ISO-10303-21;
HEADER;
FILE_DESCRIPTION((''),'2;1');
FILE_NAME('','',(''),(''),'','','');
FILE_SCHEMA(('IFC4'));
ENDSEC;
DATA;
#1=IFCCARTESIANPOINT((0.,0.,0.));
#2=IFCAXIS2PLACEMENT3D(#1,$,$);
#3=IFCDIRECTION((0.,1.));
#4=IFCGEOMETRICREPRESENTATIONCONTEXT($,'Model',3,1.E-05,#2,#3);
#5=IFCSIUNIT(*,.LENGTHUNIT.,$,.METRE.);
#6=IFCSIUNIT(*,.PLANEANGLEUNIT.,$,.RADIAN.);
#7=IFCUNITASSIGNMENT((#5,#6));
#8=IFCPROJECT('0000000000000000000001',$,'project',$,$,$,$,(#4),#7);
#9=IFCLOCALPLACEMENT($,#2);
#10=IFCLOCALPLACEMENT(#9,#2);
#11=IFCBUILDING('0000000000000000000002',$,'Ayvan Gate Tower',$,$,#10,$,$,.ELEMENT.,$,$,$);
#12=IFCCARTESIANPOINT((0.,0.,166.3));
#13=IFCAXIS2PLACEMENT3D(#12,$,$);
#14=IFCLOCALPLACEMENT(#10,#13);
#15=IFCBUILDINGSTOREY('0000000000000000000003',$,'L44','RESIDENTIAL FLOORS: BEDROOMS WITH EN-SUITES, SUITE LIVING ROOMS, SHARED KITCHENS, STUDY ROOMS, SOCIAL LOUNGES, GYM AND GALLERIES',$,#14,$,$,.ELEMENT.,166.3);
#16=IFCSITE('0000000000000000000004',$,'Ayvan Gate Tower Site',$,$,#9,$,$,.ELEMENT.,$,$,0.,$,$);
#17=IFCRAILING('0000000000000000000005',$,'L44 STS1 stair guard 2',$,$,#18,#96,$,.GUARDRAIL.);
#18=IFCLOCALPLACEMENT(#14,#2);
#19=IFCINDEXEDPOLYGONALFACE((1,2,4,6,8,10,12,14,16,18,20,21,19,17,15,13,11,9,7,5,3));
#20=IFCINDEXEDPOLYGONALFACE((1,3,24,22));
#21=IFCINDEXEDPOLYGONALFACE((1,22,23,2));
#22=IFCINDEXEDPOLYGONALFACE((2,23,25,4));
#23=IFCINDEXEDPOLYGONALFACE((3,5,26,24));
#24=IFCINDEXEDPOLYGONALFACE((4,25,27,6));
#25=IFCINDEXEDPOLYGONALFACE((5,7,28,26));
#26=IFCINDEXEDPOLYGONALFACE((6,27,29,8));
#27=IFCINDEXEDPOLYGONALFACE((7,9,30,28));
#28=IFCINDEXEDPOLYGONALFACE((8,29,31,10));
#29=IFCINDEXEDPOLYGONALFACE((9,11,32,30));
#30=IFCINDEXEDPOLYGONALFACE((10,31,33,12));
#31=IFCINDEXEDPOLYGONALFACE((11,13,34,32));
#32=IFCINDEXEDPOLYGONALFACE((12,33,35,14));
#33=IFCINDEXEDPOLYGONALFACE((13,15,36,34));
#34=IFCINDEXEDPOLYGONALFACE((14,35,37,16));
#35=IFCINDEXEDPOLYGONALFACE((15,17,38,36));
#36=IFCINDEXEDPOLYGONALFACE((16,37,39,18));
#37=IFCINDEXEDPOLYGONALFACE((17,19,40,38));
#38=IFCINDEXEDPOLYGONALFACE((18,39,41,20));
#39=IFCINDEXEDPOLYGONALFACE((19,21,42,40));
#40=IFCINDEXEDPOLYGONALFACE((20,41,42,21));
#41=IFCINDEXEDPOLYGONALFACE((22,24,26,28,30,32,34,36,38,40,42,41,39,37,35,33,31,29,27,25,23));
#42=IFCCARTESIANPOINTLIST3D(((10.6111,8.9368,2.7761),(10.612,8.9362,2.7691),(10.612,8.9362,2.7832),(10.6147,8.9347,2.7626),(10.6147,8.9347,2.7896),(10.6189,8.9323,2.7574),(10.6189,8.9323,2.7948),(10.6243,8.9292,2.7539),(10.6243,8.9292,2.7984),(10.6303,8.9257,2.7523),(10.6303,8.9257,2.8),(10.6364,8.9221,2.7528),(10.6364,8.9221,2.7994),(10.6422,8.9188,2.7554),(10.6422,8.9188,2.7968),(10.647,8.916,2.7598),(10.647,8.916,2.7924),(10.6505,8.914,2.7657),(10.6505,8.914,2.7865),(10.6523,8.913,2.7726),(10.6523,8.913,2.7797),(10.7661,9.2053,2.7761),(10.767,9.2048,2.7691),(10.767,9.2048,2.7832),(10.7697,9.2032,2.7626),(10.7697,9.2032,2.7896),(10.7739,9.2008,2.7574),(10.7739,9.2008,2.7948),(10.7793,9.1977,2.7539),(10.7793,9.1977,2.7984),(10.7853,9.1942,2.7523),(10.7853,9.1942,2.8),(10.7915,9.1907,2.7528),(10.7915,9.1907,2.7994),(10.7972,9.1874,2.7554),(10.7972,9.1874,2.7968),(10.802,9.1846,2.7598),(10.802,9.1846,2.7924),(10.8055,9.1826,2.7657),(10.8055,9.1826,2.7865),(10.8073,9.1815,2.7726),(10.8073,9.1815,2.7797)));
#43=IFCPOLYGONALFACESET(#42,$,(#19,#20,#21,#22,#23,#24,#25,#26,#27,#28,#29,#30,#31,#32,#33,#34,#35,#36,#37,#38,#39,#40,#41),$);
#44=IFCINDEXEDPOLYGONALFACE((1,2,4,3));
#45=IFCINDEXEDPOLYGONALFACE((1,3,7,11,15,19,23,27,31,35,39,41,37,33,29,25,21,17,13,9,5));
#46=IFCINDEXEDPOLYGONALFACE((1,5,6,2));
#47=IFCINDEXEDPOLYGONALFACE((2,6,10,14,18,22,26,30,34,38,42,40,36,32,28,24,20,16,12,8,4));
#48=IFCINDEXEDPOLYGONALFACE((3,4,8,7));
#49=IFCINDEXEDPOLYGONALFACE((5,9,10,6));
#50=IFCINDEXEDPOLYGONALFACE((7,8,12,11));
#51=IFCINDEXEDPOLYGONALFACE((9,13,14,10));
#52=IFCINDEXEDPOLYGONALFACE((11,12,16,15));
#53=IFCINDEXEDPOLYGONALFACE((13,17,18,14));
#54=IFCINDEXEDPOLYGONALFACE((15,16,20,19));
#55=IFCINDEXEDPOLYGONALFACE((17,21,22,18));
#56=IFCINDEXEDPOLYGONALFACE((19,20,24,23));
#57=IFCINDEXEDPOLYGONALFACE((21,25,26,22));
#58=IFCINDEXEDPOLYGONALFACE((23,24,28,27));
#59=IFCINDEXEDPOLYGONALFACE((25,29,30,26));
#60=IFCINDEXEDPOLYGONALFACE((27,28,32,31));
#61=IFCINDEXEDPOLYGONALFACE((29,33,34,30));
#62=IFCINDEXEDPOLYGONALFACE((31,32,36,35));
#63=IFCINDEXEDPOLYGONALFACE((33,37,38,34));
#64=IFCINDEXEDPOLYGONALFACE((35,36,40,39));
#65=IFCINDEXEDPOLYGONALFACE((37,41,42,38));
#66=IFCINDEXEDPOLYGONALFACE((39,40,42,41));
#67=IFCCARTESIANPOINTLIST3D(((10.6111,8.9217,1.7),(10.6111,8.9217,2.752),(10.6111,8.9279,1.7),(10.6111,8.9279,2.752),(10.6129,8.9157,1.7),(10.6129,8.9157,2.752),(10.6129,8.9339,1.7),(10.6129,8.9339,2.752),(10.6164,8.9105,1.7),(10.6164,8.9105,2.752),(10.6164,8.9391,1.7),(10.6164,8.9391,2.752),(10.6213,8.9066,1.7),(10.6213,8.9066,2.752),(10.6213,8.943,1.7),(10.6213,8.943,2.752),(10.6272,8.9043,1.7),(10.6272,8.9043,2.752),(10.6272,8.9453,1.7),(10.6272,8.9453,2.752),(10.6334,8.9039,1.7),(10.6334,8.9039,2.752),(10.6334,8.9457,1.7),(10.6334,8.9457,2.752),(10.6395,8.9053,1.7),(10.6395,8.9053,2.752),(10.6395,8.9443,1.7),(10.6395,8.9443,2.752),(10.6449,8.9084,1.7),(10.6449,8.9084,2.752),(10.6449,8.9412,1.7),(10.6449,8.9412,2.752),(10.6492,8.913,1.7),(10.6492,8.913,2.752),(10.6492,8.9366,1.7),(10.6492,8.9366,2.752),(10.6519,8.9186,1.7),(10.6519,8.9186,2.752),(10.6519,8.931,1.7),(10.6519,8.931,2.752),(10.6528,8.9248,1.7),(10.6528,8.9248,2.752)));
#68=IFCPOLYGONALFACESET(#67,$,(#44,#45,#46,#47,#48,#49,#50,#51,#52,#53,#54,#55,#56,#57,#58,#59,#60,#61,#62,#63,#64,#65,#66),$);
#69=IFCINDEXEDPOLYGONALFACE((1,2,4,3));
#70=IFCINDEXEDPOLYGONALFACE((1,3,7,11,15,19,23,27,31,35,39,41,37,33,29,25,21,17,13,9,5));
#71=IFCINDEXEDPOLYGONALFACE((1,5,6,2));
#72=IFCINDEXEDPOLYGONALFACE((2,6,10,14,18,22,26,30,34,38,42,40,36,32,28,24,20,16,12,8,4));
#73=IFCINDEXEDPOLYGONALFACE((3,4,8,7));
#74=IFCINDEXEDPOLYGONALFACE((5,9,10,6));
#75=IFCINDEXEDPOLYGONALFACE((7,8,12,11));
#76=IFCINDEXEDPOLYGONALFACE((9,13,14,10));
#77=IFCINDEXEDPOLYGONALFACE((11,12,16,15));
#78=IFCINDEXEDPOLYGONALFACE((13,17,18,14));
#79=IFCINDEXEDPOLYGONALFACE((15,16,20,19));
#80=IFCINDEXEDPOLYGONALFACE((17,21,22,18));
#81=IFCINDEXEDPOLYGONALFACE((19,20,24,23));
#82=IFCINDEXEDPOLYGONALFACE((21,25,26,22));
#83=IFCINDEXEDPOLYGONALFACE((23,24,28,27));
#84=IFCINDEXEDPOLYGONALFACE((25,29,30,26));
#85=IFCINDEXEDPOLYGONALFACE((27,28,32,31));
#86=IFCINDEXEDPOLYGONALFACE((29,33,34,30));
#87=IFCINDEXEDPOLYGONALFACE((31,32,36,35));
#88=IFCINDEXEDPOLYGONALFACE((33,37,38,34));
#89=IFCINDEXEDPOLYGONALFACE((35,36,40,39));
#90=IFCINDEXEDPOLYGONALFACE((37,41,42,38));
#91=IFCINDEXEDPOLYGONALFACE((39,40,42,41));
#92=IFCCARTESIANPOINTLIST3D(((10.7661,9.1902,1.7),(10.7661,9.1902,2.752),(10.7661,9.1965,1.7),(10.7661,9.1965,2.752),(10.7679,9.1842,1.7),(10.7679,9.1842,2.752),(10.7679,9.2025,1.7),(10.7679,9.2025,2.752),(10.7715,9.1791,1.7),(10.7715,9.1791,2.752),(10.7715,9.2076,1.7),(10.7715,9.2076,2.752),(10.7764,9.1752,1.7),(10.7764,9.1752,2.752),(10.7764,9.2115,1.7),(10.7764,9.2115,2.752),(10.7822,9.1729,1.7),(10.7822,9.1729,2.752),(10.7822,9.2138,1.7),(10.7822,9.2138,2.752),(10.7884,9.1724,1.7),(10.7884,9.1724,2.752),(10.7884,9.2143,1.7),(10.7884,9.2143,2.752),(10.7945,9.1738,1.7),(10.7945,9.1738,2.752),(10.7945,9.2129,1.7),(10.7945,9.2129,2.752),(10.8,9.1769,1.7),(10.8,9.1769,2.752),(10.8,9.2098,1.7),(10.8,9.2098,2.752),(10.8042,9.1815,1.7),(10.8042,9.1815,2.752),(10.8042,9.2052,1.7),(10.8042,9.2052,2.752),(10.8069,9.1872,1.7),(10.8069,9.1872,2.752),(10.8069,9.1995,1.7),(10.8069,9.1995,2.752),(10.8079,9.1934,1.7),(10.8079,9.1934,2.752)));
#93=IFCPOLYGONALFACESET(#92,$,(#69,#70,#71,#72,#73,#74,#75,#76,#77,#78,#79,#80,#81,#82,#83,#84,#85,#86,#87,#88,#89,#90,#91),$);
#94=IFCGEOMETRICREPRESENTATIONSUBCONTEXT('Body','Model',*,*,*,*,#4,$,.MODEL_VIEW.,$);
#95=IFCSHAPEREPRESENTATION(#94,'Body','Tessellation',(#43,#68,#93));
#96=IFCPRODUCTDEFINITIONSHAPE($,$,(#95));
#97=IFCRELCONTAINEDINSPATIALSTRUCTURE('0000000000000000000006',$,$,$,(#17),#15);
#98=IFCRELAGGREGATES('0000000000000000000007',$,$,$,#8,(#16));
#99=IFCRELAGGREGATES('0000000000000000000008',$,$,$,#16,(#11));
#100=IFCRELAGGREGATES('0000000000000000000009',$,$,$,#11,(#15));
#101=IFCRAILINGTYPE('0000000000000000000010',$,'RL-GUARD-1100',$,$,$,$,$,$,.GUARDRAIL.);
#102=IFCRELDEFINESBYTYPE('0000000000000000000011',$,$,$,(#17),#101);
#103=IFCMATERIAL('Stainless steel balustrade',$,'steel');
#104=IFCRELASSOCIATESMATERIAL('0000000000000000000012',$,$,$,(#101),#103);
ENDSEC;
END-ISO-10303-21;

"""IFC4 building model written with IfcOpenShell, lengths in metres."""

from ifc_helpers import new_model, si_unit, direction, frame, origin, origin_2d, place, context, subcontext, project, spatial, circle, extrude, material, type_object, element, save


model = new_model("IFC4")

# Units and contexts
model_context = context("Model", 3, precision=1e-05, world=origin(), true_north=direction((0.0, 1.0)))
body_context = subcontext(model_context, "Body", "Model", "MODEL_VIEW")
ifc_project = project(units=[si_unit("LENGTHUNIT", "METRE"), si_unit("PLANEANGLEUNIT", "RADIAN")], contexts=[model_context])

# Site, building, storey
site_placement = place(None, origin())
site = spatial("IfcSite", under=ifc_project, at=site_placement, Name="Ayvan Gate Tower Site", CompositionType="ELEMENT", RefElevation=0.0)
building_placement = place(site_placement, origin())
building = spatial("IfcBuilding", under=site, at=building_placement, Name="Ayvan Gate Tower", CompositionType="ELEMENT")
storey_placement = place(building_placement, frame((0.0, 0.0, 166.3)))
storey = spatial("IfcBuildingStorey", under=building, at=storey_placement, Name="L44", Description="RESIDENTIAL FLOORS: BEDROOMS WITH EN-SUITES, SUITE LIVING ROOMS, SHARED KITCHENS, STUDY ROOMS, SOCIAL LOUNGES, GYM AND GALLERIES", CompositionType="ELEMENT", Elevation=166.3)

# Railing
ifc_material_1 = material(Name="Stainless steel balustrade", Category="steel")
railing_type_1 = type_object("IfcRailingType", Name="RL-GUARD-1100", PredefinedType="GUARDRAIL", material=ifc_material_1)
railing_1_placement = place(storey_placement, frame((10.6318, 8.9248, 1.7)))
element("IfcRailing", 1, at=railing_1_placement, inside=storey, type_object=railing_type_1, Name="L44 STS1 stair guard 2", PredefinedType="GUARDRAIL", context=body_context, shape_type="SweptSolid", body=[
    extrude(circle(Radius=0.0239, at=origin_2d()), frame((0.0, 0.0, 1.0762), z_axis=(0.49995, 0.866054, 0.0), x_axis=(-0.866054, 0.49995, 0.0)), (0.0, 0.0, 1.0), 0.3101),
    extrude(circle(Radius=0.021, at=origin_2d()), origin(), (0.0, 0.0, 1.0), 1.052),
    extrude(circle(Radius=0.021, at=origin_2d()), frame((0.155, 0.2686, 0.0)), (0.0, 0.0, 1.0), 1.052),
])

save(model, "model.ifc")
